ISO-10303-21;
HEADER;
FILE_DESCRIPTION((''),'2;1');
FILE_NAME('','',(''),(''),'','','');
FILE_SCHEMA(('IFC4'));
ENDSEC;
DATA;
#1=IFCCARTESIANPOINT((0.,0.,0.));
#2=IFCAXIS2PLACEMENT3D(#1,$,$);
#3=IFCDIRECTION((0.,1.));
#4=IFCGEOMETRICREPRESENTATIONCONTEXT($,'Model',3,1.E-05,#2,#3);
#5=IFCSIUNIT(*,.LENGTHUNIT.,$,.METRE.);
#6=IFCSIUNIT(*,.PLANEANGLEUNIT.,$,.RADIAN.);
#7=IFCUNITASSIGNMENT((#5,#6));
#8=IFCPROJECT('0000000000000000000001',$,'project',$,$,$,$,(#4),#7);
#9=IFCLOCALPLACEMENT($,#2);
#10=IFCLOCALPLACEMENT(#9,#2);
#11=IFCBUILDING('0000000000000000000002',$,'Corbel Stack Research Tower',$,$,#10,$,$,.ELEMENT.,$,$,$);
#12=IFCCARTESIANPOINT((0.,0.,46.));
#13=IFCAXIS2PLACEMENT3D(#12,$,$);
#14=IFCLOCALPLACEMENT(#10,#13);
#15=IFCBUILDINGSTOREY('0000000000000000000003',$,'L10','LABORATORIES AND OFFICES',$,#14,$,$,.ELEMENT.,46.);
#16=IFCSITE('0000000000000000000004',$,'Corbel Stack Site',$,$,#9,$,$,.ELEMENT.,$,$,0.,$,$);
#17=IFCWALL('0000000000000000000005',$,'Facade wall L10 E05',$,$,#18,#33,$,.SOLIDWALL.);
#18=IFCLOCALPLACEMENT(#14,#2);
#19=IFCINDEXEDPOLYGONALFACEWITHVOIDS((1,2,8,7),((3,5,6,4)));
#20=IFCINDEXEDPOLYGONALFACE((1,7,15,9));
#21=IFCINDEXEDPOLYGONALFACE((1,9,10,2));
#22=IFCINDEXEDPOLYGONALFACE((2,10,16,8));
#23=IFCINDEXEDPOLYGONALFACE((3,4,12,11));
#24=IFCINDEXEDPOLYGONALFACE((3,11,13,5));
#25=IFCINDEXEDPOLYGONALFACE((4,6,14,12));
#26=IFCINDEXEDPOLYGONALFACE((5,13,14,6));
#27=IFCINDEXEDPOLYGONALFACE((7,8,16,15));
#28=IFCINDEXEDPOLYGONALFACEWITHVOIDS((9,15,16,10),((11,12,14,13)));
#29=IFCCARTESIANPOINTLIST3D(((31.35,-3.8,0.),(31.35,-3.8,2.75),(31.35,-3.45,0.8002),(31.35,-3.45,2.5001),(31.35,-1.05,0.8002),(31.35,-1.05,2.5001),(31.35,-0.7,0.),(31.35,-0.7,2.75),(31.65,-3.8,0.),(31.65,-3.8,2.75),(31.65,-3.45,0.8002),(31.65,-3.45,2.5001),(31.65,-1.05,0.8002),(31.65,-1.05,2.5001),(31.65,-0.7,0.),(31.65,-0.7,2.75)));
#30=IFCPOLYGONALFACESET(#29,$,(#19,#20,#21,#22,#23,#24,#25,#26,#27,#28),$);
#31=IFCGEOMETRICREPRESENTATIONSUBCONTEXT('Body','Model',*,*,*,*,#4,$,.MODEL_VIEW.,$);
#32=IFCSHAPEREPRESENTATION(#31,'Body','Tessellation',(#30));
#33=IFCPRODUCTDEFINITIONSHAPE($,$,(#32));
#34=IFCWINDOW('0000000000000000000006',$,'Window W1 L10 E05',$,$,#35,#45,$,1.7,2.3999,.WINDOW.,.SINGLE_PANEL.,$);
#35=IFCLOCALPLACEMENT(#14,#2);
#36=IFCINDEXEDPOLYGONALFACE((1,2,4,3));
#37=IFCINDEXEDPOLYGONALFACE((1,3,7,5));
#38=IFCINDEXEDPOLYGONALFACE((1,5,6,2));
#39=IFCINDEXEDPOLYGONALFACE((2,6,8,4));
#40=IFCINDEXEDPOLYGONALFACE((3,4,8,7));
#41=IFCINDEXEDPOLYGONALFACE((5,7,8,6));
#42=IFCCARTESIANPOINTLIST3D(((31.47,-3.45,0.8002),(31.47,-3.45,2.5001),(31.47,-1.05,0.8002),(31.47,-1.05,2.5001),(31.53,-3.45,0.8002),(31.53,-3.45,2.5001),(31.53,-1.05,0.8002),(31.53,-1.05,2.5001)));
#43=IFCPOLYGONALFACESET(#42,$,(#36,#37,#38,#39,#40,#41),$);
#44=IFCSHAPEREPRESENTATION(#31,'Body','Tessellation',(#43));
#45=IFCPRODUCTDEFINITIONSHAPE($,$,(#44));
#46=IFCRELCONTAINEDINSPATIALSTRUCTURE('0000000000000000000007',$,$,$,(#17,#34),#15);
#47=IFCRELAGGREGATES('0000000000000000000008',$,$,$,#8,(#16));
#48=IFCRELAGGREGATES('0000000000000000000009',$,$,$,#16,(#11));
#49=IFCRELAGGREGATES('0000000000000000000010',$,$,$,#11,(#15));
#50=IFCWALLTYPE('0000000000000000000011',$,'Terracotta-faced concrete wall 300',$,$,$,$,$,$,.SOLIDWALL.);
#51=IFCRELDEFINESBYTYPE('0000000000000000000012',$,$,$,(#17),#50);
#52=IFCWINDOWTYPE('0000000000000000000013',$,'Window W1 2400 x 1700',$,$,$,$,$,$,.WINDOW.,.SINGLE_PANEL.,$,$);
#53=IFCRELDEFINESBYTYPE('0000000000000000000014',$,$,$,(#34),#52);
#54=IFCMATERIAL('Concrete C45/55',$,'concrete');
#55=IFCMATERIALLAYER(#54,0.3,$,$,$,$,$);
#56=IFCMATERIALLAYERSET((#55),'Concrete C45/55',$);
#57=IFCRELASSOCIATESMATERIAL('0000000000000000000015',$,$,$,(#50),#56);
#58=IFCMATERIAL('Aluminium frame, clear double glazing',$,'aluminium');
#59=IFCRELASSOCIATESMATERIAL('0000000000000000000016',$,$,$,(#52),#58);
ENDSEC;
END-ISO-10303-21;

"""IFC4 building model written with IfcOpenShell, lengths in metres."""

from ifc_helpers import new_model, si_unit, direction, frame, frame_2d, origin, place, context, subcontext, project, spatial, rectangle, extrude, material, layer, layer_set, type_object, element, fill, save


model = new_model("IFC4")

# Units and contexts
model_context = context("Model", 3, precision=1e-05, world=origin(), true_north=direction((0.0, 1.0)))
body_context = subcontext(model_context, "Body", "Model", "MODEL_VIEW")
ifc_project = project(units=[si_unit("LENGTHUNIT", "METRE"), si_unit("PLANEANGLEUNIT", "RADIAN")], contexts=[model_context])

# Site, building, storey
site_placement = place(None, origin())
site = spatial("IfcSite", under=ifc_project, at=site_placement, Name="Corbel Stack Site", CompositionType="ELEMENT", RefElevation=0.0)
building_placement = place(site_placement, origin())
building = spatial("IfcBuilding", under=site, at=building_placement, Name="Corbel Stack Research Tower", CompositionType="ELEMENT")
storey_placement = place(building_placement, frame((0.0, 0.0, 46.0)))
storey = spatial("IfcBuildingStorey", under=building, at=storey_placement, Name="L10", Description="LABORATORIES AND OFFICES", CompositionType="ELEMENT", Elevation=46.0)

# Wall, opening, window
ifc_material_1 = material(Name="Concrete C45/55", Category="concrete")
ifc_layer_1 = layer(ifc_material_1, 0.3)
ifc_layer_set_1 = layer_set([ifc_layer_1], Name="Concrete C45/55")
wall_type_1 = type_object("IfcWallType", Name="Terracotta-faced concrete wall 300", PredefinedType="SOLIDWALL", material=ifc_layer_set_1)
ifc_material_2 = material(Name="Aluminium frame, clear double glazing", Category="aluminium")
window_type = type_object("IfcWindowType", Name="Window W1 2400 x 1700", PartitioningType="SINGLE_PANEL", PredefinedType="WINDOW", material=ifc_material_2)
wall_1_placement = place(storey_placement, frame((31.5, -0.7, 0.0), z_axis=(0.0, 0.0, 1.0), x_axis=(0.0, -1.0, 0.0)))
wall_1 = element("IfcWall", 1, at=wall_1_placement, inside=storey, type_object=wall_type_1, Name="Facade wall L10 E05", PredefinedType="SOLIDWALL", context=body_context, shape_type="SweptSolid", body=[
    extrude(rectangle(XDim=3.1001, YDim=0.3, at=frame_2d((1.55, 0.0))), origin(), (0.0, 0.0, 1.0), 2.75),
])
opening_1_placement = place(wall_1_placement, frame((0.3501, 0.0, 0.8)))
opening_1 = element("IfcOpeningElement", 2, at=opening_1_placement, cuts=wall_1, PredefinedType="OPENING", context=body_context, shape_type="SweptSolid", body=[
    extrude(rectangle(XDim=2.3999, YDim=1.7, at=frame_2d((1.2, 0.8501))), frame((0.0, 0.1599, 0.0), z_axis=(0.0, -1.0, 0.0), x_axis=(1.0, 0.0, 0.0)), (0.0, 0.0, 1.0), 0.3201),
])
window_1_placement = place(opening_1_placement, origin())
window_1 = element("IfcWindow", 3, at=window_1_placement, inside=storey, type_object=window_type, Name="Window W1 L10 E05", OverallHeight=1.7, OverallWidth=2.3999, PartitioningType="SINGLE_PANEL", PredefinedType="WINDOW", context=body_context, shape_type="SweptSolid", body=[
    extrude(rectangle(XDim=2.3999, YDim=1.7, at=frame_2d((1.2, 0.8501))), frame((0.0, 0.03, 0.0), z_axis=(0.0, -1.0, 0.0), x_axis=(1.0, 0.0, 0.0)), (0.0, 0.0, 1.0), 0.0601),
])
fill(opening_1, window_1)

save(model, "model.ifc")
